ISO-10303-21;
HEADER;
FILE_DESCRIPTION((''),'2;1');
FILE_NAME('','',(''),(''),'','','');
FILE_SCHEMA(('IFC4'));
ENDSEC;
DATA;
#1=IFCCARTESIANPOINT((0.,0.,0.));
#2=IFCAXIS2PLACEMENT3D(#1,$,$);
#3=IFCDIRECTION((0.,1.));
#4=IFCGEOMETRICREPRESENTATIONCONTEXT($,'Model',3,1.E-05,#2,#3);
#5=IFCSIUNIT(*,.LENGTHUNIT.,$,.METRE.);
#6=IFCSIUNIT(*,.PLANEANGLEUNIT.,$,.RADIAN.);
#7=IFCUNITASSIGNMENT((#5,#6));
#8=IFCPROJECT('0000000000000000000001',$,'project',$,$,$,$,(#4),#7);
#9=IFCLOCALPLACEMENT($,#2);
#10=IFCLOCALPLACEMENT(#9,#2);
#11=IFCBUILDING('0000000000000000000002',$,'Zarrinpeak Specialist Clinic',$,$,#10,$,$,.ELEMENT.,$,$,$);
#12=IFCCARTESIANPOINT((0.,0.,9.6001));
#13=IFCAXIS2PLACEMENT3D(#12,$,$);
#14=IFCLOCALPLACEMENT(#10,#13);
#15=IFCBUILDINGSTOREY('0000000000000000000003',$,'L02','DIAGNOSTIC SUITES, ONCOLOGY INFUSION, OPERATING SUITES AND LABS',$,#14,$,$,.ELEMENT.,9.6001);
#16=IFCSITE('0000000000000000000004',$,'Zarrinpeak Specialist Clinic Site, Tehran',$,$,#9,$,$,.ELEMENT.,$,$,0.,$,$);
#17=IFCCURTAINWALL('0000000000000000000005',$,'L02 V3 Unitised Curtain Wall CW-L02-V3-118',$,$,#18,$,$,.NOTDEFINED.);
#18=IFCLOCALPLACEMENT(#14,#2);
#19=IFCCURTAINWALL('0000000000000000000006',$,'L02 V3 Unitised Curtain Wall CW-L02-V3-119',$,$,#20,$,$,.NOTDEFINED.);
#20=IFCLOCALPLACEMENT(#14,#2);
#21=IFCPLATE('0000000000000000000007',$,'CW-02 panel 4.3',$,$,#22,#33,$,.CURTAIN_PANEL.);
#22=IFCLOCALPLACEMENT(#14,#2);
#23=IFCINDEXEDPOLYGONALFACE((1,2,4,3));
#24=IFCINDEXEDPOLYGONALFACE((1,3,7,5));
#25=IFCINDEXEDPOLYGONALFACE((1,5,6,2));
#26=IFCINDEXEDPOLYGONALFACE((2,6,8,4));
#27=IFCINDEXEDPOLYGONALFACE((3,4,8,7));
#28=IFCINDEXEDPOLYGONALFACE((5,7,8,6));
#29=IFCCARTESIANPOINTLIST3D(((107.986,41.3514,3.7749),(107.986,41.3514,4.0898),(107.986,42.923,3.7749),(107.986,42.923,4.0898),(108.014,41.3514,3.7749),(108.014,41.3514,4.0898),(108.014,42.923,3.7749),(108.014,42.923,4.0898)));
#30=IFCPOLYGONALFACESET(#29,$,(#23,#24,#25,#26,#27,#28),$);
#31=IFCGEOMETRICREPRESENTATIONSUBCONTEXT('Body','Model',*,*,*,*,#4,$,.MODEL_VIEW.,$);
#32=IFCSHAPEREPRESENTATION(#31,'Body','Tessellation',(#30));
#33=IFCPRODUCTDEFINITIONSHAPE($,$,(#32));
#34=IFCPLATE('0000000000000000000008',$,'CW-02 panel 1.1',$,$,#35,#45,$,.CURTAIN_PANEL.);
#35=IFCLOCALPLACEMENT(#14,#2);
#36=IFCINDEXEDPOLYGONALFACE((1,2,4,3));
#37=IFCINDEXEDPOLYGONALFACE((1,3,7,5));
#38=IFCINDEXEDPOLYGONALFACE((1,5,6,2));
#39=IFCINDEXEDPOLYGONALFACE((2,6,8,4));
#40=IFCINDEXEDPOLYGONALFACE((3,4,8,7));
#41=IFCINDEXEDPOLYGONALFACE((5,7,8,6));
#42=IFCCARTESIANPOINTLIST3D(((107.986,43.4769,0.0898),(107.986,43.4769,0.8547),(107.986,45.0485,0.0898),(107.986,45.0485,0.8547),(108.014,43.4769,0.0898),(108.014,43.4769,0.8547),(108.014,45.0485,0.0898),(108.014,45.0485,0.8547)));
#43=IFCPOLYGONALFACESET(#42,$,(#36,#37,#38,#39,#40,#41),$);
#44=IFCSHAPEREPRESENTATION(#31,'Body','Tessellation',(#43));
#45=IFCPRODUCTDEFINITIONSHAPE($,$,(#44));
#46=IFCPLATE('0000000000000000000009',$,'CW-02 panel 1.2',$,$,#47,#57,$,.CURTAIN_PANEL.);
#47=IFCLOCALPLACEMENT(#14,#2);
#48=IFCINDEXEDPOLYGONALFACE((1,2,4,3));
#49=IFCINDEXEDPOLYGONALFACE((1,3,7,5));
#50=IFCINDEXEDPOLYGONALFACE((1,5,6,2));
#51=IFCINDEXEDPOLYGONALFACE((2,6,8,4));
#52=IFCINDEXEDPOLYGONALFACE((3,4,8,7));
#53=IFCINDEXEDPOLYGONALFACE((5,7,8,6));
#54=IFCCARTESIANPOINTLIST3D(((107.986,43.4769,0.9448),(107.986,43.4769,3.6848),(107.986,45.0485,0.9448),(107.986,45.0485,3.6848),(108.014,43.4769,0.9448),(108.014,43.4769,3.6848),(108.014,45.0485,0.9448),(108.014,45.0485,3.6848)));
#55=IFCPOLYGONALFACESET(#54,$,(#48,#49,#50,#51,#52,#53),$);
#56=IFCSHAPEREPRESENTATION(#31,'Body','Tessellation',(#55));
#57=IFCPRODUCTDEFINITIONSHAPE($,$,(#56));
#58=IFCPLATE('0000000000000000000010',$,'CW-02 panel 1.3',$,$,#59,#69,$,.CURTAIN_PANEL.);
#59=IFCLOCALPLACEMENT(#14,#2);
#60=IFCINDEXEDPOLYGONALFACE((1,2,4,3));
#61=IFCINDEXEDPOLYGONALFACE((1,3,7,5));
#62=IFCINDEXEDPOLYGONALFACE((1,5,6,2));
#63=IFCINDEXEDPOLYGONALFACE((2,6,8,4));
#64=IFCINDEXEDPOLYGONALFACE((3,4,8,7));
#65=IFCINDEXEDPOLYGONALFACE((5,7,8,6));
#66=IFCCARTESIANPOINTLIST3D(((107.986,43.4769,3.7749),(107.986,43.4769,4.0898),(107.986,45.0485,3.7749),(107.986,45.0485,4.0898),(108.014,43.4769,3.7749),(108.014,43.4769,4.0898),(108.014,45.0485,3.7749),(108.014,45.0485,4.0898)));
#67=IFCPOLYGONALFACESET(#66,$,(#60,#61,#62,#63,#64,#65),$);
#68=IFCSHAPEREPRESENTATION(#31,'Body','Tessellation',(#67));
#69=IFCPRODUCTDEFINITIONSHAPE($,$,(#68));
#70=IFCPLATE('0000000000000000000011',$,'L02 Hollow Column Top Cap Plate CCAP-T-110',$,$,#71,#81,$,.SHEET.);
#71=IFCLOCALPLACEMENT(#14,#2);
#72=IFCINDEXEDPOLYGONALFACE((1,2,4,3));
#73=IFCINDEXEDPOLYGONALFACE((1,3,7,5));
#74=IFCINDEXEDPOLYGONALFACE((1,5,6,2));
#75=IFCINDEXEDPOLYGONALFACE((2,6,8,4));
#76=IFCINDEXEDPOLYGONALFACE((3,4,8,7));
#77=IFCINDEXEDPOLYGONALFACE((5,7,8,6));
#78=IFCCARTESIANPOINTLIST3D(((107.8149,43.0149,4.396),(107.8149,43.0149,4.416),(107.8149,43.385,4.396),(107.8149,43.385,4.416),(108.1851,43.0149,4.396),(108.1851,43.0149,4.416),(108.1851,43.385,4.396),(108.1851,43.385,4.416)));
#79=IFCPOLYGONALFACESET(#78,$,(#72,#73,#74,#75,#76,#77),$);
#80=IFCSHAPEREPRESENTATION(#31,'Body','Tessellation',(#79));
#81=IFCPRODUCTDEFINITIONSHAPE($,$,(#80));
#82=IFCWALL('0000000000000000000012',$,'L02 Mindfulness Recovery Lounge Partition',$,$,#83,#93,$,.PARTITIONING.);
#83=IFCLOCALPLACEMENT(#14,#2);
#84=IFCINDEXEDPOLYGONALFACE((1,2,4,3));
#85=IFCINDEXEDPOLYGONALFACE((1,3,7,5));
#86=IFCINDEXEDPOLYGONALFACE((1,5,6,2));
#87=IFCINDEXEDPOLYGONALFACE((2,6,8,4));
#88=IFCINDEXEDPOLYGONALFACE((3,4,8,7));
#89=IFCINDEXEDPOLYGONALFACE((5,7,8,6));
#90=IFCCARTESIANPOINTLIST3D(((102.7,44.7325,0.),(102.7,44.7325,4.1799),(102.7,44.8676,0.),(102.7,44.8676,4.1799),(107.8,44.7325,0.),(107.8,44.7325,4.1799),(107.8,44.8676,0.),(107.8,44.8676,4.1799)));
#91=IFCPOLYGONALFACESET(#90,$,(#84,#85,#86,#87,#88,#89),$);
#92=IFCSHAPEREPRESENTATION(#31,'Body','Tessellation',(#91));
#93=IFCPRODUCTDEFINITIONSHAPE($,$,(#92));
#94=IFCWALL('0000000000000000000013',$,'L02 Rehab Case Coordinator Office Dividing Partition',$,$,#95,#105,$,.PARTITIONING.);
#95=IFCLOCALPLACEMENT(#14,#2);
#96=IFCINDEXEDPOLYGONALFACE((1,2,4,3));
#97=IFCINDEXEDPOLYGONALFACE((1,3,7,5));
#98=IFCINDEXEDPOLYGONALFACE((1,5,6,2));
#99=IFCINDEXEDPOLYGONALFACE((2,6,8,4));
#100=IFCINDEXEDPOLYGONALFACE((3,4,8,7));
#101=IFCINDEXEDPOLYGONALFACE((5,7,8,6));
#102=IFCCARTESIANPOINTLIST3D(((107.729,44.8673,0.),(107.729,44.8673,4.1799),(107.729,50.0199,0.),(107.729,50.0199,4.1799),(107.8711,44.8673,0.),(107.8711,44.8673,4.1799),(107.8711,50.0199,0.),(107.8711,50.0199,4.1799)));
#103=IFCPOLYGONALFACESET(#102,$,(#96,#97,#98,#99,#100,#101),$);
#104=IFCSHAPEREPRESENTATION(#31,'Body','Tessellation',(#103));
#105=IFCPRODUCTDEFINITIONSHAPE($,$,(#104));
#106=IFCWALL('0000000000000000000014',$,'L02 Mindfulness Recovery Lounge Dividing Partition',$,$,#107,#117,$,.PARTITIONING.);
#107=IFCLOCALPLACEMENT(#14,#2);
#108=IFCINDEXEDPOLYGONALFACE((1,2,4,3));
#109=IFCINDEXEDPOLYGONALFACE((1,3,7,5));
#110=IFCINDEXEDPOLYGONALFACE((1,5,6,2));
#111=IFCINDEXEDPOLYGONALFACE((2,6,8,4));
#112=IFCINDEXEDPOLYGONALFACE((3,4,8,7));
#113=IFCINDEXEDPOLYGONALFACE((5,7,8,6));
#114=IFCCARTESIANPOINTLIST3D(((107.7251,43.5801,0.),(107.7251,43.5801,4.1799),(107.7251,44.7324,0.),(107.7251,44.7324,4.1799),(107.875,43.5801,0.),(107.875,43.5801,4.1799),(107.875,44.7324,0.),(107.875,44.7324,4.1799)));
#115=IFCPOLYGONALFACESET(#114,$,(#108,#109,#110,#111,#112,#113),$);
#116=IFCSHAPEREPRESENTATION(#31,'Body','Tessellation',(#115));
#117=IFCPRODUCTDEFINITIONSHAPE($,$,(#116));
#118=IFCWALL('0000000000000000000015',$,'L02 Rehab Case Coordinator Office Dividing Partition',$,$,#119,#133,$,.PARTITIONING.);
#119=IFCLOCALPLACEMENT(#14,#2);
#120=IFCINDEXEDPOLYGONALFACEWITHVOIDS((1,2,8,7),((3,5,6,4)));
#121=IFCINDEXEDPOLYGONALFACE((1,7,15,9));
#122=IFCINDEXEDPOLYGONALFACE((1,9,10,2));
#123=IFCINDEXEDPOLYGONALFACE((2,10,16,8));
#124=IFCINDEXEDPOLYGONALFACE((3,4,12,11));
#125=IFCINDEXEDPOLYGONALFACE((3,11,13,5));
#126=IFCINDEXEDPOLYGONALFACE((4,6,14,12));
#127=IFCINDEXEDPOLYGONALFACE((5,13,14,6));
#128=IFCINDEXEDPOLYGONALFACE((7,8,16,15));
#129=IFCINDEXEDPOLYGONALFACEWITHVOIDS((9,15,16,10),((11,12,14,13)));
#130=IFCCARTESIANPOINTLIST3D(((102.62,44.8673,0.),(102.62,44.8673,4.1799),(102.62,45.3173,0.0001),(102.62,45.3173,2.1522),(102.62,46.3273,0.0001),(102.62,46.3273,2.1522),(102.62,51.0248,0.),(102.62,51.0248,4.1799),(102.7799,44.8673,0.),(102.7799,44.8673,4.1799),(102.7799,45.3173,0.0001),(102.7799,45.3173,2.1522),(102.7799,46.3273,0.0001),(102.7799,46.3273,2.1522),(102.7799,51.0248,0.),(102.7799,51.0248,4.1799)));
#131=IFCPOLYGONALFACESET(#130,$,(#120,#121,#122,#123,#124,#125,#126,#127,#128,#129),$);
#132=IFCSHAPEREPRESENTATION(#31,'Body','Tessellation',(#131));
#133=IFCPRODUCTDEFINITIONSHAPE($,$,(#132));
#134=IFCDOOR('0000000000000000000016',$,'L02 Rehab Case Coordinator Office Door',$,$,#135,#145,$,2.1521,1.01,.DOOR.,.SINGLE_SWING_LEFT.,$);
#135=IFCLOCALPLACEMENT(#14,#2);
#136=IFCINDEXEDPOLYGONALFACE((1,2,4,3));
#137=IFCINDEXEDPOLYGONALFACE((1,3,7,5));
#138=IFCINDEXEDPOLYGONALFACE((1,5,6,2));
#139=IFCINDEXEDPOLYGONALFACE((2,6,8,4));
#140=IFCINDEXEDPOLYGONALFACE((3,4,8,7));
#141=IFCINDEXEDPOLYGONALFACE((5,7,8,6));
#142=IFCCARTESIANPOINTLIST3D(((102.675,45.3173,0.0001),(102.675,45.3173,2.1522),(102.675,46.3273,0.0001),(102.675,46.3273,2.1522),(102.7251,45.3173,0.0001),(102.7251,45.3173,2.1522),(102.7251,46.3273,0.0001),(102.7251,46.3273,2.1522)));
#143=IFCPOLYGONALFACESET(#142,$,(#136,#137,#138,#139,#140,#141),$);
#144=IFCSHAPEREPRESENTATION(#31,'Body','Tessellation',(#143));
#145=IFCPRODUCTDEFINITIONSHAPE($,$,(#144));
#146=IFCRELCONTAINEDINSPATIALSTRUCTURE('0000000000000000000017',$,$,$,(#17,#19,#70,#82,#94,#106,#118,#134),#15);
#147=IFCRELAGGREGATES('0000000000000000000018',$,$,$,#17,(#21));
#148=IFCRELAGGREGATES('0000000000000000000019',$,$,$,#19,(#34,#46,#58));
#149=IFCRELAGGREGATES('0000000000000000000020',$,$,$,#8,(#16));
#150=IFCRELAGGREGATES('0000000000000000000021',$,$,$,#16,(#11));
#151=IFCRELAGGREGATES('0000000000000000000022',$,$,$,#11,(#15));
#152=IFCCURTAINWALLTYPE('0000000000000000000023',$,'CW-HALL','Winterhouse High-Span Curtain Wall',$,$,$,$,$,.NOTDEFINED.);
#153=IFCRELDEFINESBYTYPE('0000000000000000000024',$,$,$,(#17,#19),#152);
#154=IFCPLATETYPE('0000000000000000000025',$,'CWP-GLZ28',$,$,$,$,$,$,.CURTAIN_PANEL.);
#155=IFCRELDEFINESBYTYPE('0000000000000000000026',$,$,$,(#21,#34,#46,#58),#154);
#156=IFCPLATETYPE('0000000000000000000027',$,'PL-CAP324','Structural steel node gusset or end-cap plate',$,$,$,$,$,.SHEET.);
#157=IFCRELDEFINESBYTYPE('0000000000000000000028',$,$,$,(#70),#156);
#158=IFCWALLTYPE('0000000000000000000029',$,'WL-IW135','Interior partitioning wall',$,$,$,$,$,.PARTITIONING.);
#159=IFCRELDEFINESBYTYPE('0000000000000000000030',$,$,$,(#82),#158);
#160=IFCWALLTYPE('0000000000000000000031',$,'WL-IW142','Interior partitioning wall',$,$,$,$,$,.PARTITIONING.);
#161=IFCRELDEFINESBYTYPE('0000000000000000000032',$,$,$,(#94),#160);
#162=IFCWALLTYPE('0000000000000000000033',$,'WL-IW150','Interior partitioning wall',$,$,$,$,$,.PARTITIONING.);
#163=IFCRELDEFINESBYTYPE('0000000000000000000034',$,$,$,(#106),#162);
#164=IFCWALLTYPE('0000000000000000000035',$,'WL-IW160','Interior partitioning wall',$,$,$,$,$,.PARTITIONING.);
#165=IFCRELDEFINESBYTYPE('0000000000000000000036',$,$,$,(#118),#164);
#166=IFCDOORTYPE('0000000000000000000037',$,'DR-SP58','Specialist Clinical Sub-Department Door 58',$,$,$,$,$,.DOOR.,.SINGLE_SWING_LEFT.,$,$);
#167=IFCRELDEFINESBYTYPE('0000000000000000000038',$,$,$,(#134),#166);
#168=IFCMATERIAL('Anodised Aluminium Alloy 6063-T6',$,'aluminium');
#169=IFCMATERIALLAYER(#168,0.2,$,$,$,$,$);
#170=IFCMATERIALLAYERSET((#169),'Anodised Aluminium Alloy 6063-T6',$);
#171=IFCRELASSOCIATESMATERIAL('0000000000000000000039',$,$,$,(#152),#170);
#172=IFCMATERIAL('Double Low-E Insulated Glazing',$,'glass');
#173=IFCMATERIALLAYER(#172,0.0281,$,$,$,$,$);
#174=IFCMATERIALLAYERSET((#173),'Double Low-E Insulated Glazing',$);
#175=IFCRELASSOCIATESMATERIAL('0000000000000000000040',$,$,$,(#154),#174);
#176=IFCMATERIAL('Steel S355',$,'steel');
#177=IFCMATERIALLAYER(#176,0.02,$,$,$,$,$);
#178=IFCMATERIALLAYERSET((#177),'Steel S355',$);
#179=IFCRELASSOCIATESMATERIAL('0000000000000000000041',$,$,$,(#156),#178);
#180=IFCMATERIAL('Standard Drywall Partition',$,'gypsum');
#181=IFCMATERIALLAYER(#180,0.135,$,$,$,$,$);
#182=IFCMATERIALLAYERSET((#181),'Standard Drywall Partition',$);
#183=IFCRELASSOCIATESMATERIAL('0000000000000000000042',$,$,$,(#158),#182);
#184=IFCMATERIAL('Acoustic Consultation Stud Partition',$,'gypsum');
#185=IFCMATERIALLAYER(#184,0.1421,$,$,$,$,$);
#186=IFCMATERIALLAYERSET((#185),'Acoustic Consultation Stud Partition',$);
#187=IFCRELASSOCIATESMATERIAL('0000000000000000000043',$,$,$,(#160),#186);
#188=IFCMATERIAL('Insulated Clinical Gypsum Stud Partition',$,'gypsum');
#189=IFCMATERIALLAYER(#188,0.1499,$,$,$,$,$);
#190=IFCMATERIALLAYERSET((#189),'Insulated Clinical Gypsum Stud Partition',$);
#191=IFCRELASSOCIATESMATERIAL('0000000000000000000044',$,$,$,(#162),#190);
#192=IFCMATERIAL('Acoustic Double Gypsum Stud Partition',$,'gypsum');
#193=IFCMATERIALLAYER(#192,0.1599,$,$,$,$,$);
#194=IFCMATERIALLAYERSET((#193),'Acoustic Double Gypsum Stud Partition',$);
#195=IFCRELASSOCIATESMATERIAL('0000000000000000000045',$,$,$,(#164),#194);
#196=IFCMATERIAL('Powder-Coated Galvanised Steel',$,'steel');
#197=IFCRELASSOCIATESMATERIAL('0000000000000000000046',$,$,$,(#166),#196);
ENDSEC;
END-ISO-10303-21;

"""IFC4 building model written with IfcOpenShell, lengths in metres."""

from ifc_helpers import new_model, si_unit, direction, frame, frame_2d, origin, origin_2d, place, context, subcontext, project, spatial, rectangle, extrude, material, layer, layer_set, type_object, element, fill, aggregate, save


model = new_model("IFC4")

# Units and contexts
model_context = context("Model", 3, precision=1e-05, world=origin(), true_north=direction((0.0, 1.0)))
body_context = subcontext(model_context, "Body", "Model", "MODEL_VIEW")
ifc_project = project(units=[si_unit("LENGTHUNIT", "METRE"), si_unit("PLANEANGLEUNIT", "RADIAN")], contexts=[model_context])

# Site, building, storey
site_placement = place(None, origin())
site = spatial("IfcSite", under=ifc_project, at=site_placement, Name="Zarrinpeak Specialist Clinic Site, Tehran", CompositionType="ELEMENT", RefElevation=0.0)
building_placement = place(site_placement, origin())
building = spatial("IfcBuilding", under=site, at=building_placement, Name="Zarrinpeak Specialist Clinic", CompositionType="ELEMENT")
storey_placement = place(building_placement, frame((0.0, 0.0, 9.6001)))
storey = spatial("IfcBuildingStorey", under=building, at=storey_placement, Name="L02", Description="DIAGNOSTIC SUITES, ONCOLOGY INFUSION, OPERATING SUITES AND LABS", CompositionType="ELEMENT", Elevation=9.6001)

# Shared definitions
ifc_material_1 = material(Name="Steel S355", Category="steel")

# Curtain walls
ifc_material_2 = material(Name="Anodised Aluminium Alloy 6063-T6", Category="aluminium")
ifc_layer_1 = layer(ifc_material_2, 0.2)
ifc_layer_set_1 = layer_set([ifc_layer_1], Name="Anodised Aluminium Alloy 6063-T6")
curtain_wall_type = type_object("IfcCurtainWallType", Name="CW-HALL", Description="Winterhouse High-Span Curtain Wall", PredefinedType="NOTDEFINED", material=ifc_layer_set_1)
curtain_wall_1_placement = place(storey_placement, origin())
curtain_wall_1 = element("IfcCurtainWall", 1, at=curtain_wall_1_placement, inside=storey, type_object=curtain_wall_type, Name="L02 V3 Unitised Curtain Wall CW-L02-V3-118", PredefinedType="NOTDEFINED")
curtain_wall_2_placement = place(storey_placement, origin())
curtain_wall_2 = element("IfcCurtainWall", 2, at=curtain_wall_2_placement, inside=storey, type_object=curtain_wall_type, Name="L02 V3 Unitised Curtain Wall CW-L02-V3-119", PredefinedType="NOTDEFINED")

# Plates
ifc_material_3 = material(Name="Double Low-E Insulated Glazing", Category="glass")
ifc_layer_2 = layer(ifc_material_3, 0.0281)
ifc_layer_set_2 = layer_set([ifc_layer_2], Name="Double Low-E Insulated Glazing")
plate_type_1 = type_object("IfcPlateType", Name="CWP-GLZ28", PredefinedType="CURTAIN_PANEL", material=ifc_layer_set_2)
plate_1_placement = place(storey_placement, frame((108.0, 42.1372, 3.7749), z_axis=(0.0, 0.0, 1.0), x_axis=(0.0, 1.0, 0.0)))
plate_1 = element("IfcPlate", 3, at=plate_1_placement, type_object=plate_type_1, Name="CW-02 panel 4.3", PredefinedType="CURTAIN_PANEL", context=body_context, shape_type="SweptSolid", body=[
    extrude(rectangle(XDim=1.5715, YDim=0.0281, at=origin_2d()), origin(), (0.0, 0.0, 1.0), 0.3149),
])
aggregate(curtain_wall_1, [plate_1])
plate_2_placement = place(storey_placement, frame((108.0, 44.2627, 0.0898), z_axis=(0.0, 0.0, 1.0), x_axis=(0.0, 1.0, 0.0)))
plate_2 = element("IfcPlate", 4, at=plate_2_placement, type_object=plate_type_1, Name="CW-02 panel 1.1", PredefinedType="CURTAIN_PANEL", context=body_context, shape_type="SweptSolid", body=[
    extrude(rectangle(XDim=1.5715, YDim=0.0281, at=origin_2d()), origin(), (0.0, 0.0, 1.0), 0.7649),
])
plate_3_placement = place(storey_placement, frame((108.0, 44.2627, 0.9448), z_axis=(0.0, 0.0, 1.0), x_axis=(0.0, 1.0, 0.0)))
plate_3 = element("IfcPlate", 5, at=plate_3_placement, type_object=plate_type_1, Name="CW-02 panel 1.2", PredefinedType="CURTAIN_PANEL", context=body_context, shape_type="SweptSolid", body=[
    extrude(rectangle(XDim=1.5715, YDim=0.0281, at=origin_2d()), origin(), (0.0, 0.0, 1.0), 2.74),
])
plate_4_placement = place(storey_placement, frame((108.0, 44.2627, 3.7749), z_axis=(0.0, 0.0, 1.0), x_axis=(0.0, 1.0, 0.0)))
plate_4 = element("IfcPlate", 6, at=plate_4_placement, type_object=plate_type_1, Name="CW-02 panel 1.3", PredefinedType="CURTAIN_PANEL", context=body_context, shape_type="SweptSolid", body=[
    extrude(rectangle(XDim=1.5715, YDim=0.0281, at=origin_2d()), origin(), (0.0, 0.0, 1.0), 0.3149),
])
aggregate(curtain_wall_2, [plate_2, plate_3, plate_4])
ifc_layer_3 = layer(ifc_material_1, 0.02)
ifc_layer_set_3 = layer_set([ifc_layer_3], Name="Steel S355")
plate_type_2 = type_object("IfcPlateType", Name="PL-CAP324", Description="Structural steel node gusset or end-cap plate", PredefinedType="SHEET", material=ifc_layer_set_3)
plate_5_placement = place(storey_placement, frame((108.0, 43.2, 4.396), z_axis=(0.0, 0.0, 1.0), x_axis=(1.0, 0.0, 0.0)))
element("IfcPlate", 7, at=plate_5_placement, inside=storey, type_object=plate_type_2, Name="L02 Hollow Column Top Cap Plate CCAP-T-110", PredefinedType="SHEET", context=body_context, shape_type="SweptSolid", body=[
    extrude(rectangle(XDim=0.3701, YDim=0.3701, at=origin_2d()), origin(), (0.0, 0.0, 1.0), 0.02),
])

# Walls
ifc_material_4 = material(Name="Standard Drywall Partition", Category="gypsum")
ifc_layer_4 = layer(ifc_material_4, 0.135)
ifc_layer_set_4 = layer_set([ifc_layer_4], Name="Standard Drywall Partition")
wall_type_1 = type_object("IfcWallType", Name="WL-IW135", Description="Interior partitioning wall", PredefinedType="PARTITIONING", material=ifc_layer_set_4)
wall_1_placement = place(storey_placement, frame((102.7, 44.8, 0.0), z_axis=(0.0, 0.0, 1.0), x_axis=(1.0, 0.0, 0.0)))
element("IfcWall", 8, at=wall_1_placement, inside=storey, type_object=wall_type_1, Name="L02 Mindfulness Recovery Lounge Partition", PredefinedType="PARTITIONING", context=body_context, shape_type="SweptSolid", body=[
    extrude(rectangle(XDim=5.1001, YDim=0.135, at=frame_2d((2.55, 0.0))), origin(), (0.0, 0.0, 1.0), 4.1799),
])
ifc_material_5 = material(Name="Acoustic Consultation Stud Partition", Category="gypsum")
ifc_layer_5 = layer(ifc_material_5, 0.1421)
ifc_layer_set_5 = layer_set([ifc_layer_5], Name="Acoustic Consultation Stud Partition")
wall_type_2 = type_object("IfcWallType", Name="WL-IW142", Description="Interior partitioning wall", PredefinedType="PARTITIONING", material=ifc_layer_set_5)
wall_2_placement = place(storey_placement, frame((107.8, 44.8674, 0.0), z_axis=(0.0, 0.0, 1.0), x_axis=(0.0, 1.0, 0.0)))
element("IfcWall", 9, at=wall_2_placement, inside=storey, type_object=wall_type_2, Name="L02 Rehab Case Coordinator Office Dividing Partition", PredefinedType="PARTITIONING", context=body_context, shape_type="SweptSolid", body=[
    extrude(rectangle(XDim=5.1526, YDim=0.1421, at=frame_2d((2.5762, 0.0))), origin(), (0.0, 0.0, 1.0), 4.1799),
])
ifc_material_6 = material(Name="Insulated Clinical Gypsum Stud Partition", Category="gypsum")
ifc_layer_6 = layer(ifc_material_6, 0.1499)
ifc_layer_set_6 = layer_set([ifc_layer_6], Name="Insulated Clinical Gypsum Stud Partition")
wall_type_3 = type_object("IfcWallType", Name="WL-IW150", Description="Interior partitioning wall", PredefinedType="PARTITIONING", material=ifc_layer_set_6)
wall_3_placement = place(storey_placement, frame((107.8, 43.5801, 0.0), z_axis=(0.0, 0.0, 1.0), x_axis=(0.0, 1.0, 0.0)))
element("IfcWall", 10, at=wall_3_placement, inside=storey, type_object=wall_type_3, Name="L02 Mindfulness Recovery Lounge Dividing Partition", PredefinedType="PARTITIONING", context=body_context, shape_type="SweptSolid", body=[
    extrude(rectangle(XDim=1.1523, YDim=0.1499, at=frame_2d((0.5762, 0.0))), origin(), (0.0, 0.0, 1.0), 4.1799),
])

# Wall, opening, door
ifc_material_7 = material(Name="Acoustic Double Gypsum Stud Partition", Category="gypsum")
ifc_layer_7 = layer(ifc_material_7, 0.1599)
ifc_layer_set_7 = layer_set([ifc_layer_7], Name="Acoustic Double Gypsum Stud Partition")
wall_type_4 = type_object("IfcWallType", Name="WL-IW160", Description="Interior partitioning wall", PredefinedType="PARTITIONING", material=ifc_layer_set_7)
wall_4_placement = place(storey_placement, frame((102.7, 44.8674, 0.0), z_axis=(0.0, 0.0, 1.0), x_axis=(0.0, 1.0, 0.0)))
wall_4 = element("IfcWall", 11, at=wall_4_placement, inside=storey, type_object=wall_type_4, Name="L02 Rehab Case Coordinator Office Dividing Partition", PredefinedType="PARTITIONING", context=body_context, shape_type="SweptSolid", body=[
    extrude(rectangle(XDim=6.1575, YDim=0.1599, at=frame_2d((3.0786, 0.0))), origin(), (0.0, 0.0, 1.0), 4.1799),
])
opening_placement = place(wall_4_placement, frame((0.45, 0.0, 0.0)))
opening = element("IfcOpeningElement", 12, at=opening_placement, cuts=wall_4, PredefinedType="OPENING", context=body_context, shape_type="SweptSolid", body=[
    extrude(rectangle(XDim=1.01, YDim=2.1521, at=frame_2d((0.5049, 1.0762))), frame((0.0, 0.0898, 0.0), z_axis=(0.0, -1.0, 0.0), x_axis=(1.0, 0.0, 0.0)), (0.0, 0.0, 1.0), 0.1799),
])
ifc_material_8 = material(Name="Powder-Coated Galvanised Steel", Category="steel")
door_type = type_object("IfcDoorType", Name="DR-SP58", Description="Specialist Clinical Sub-Department Door 58", OperationType="SINGLE_SWING_LEFT", PredefinedType="DOOR", material=ifc_material_8)
door_placement = place(opening_placement, origin())
door = element("IfcDoor", 13, at=door_placement, inside=storey, type_object=door_type, Name="L02 Rehab Case Coordinator Office Door", OperationType="SINGLE_SWING_LEFT", OverallHeight=2.1521, OverallWidth=1.01, PredefinedType="DOOR", context=body_context, shape_type="SweptSolid", body=[
    extrude(rectangle(XDim=1.01, YDim=2.1521, at=frame_2d((0.5049, 1.0762))), frame((0.0, 0.0249, 0.0), z_axis=(0.0, -1.0, 0.0), x_axis=(1.0, 0.0, 0.0)), (0.0, 0.0, 1.0), 0.05),
])
fill(opening, door)

save(model, "model.ifc")
